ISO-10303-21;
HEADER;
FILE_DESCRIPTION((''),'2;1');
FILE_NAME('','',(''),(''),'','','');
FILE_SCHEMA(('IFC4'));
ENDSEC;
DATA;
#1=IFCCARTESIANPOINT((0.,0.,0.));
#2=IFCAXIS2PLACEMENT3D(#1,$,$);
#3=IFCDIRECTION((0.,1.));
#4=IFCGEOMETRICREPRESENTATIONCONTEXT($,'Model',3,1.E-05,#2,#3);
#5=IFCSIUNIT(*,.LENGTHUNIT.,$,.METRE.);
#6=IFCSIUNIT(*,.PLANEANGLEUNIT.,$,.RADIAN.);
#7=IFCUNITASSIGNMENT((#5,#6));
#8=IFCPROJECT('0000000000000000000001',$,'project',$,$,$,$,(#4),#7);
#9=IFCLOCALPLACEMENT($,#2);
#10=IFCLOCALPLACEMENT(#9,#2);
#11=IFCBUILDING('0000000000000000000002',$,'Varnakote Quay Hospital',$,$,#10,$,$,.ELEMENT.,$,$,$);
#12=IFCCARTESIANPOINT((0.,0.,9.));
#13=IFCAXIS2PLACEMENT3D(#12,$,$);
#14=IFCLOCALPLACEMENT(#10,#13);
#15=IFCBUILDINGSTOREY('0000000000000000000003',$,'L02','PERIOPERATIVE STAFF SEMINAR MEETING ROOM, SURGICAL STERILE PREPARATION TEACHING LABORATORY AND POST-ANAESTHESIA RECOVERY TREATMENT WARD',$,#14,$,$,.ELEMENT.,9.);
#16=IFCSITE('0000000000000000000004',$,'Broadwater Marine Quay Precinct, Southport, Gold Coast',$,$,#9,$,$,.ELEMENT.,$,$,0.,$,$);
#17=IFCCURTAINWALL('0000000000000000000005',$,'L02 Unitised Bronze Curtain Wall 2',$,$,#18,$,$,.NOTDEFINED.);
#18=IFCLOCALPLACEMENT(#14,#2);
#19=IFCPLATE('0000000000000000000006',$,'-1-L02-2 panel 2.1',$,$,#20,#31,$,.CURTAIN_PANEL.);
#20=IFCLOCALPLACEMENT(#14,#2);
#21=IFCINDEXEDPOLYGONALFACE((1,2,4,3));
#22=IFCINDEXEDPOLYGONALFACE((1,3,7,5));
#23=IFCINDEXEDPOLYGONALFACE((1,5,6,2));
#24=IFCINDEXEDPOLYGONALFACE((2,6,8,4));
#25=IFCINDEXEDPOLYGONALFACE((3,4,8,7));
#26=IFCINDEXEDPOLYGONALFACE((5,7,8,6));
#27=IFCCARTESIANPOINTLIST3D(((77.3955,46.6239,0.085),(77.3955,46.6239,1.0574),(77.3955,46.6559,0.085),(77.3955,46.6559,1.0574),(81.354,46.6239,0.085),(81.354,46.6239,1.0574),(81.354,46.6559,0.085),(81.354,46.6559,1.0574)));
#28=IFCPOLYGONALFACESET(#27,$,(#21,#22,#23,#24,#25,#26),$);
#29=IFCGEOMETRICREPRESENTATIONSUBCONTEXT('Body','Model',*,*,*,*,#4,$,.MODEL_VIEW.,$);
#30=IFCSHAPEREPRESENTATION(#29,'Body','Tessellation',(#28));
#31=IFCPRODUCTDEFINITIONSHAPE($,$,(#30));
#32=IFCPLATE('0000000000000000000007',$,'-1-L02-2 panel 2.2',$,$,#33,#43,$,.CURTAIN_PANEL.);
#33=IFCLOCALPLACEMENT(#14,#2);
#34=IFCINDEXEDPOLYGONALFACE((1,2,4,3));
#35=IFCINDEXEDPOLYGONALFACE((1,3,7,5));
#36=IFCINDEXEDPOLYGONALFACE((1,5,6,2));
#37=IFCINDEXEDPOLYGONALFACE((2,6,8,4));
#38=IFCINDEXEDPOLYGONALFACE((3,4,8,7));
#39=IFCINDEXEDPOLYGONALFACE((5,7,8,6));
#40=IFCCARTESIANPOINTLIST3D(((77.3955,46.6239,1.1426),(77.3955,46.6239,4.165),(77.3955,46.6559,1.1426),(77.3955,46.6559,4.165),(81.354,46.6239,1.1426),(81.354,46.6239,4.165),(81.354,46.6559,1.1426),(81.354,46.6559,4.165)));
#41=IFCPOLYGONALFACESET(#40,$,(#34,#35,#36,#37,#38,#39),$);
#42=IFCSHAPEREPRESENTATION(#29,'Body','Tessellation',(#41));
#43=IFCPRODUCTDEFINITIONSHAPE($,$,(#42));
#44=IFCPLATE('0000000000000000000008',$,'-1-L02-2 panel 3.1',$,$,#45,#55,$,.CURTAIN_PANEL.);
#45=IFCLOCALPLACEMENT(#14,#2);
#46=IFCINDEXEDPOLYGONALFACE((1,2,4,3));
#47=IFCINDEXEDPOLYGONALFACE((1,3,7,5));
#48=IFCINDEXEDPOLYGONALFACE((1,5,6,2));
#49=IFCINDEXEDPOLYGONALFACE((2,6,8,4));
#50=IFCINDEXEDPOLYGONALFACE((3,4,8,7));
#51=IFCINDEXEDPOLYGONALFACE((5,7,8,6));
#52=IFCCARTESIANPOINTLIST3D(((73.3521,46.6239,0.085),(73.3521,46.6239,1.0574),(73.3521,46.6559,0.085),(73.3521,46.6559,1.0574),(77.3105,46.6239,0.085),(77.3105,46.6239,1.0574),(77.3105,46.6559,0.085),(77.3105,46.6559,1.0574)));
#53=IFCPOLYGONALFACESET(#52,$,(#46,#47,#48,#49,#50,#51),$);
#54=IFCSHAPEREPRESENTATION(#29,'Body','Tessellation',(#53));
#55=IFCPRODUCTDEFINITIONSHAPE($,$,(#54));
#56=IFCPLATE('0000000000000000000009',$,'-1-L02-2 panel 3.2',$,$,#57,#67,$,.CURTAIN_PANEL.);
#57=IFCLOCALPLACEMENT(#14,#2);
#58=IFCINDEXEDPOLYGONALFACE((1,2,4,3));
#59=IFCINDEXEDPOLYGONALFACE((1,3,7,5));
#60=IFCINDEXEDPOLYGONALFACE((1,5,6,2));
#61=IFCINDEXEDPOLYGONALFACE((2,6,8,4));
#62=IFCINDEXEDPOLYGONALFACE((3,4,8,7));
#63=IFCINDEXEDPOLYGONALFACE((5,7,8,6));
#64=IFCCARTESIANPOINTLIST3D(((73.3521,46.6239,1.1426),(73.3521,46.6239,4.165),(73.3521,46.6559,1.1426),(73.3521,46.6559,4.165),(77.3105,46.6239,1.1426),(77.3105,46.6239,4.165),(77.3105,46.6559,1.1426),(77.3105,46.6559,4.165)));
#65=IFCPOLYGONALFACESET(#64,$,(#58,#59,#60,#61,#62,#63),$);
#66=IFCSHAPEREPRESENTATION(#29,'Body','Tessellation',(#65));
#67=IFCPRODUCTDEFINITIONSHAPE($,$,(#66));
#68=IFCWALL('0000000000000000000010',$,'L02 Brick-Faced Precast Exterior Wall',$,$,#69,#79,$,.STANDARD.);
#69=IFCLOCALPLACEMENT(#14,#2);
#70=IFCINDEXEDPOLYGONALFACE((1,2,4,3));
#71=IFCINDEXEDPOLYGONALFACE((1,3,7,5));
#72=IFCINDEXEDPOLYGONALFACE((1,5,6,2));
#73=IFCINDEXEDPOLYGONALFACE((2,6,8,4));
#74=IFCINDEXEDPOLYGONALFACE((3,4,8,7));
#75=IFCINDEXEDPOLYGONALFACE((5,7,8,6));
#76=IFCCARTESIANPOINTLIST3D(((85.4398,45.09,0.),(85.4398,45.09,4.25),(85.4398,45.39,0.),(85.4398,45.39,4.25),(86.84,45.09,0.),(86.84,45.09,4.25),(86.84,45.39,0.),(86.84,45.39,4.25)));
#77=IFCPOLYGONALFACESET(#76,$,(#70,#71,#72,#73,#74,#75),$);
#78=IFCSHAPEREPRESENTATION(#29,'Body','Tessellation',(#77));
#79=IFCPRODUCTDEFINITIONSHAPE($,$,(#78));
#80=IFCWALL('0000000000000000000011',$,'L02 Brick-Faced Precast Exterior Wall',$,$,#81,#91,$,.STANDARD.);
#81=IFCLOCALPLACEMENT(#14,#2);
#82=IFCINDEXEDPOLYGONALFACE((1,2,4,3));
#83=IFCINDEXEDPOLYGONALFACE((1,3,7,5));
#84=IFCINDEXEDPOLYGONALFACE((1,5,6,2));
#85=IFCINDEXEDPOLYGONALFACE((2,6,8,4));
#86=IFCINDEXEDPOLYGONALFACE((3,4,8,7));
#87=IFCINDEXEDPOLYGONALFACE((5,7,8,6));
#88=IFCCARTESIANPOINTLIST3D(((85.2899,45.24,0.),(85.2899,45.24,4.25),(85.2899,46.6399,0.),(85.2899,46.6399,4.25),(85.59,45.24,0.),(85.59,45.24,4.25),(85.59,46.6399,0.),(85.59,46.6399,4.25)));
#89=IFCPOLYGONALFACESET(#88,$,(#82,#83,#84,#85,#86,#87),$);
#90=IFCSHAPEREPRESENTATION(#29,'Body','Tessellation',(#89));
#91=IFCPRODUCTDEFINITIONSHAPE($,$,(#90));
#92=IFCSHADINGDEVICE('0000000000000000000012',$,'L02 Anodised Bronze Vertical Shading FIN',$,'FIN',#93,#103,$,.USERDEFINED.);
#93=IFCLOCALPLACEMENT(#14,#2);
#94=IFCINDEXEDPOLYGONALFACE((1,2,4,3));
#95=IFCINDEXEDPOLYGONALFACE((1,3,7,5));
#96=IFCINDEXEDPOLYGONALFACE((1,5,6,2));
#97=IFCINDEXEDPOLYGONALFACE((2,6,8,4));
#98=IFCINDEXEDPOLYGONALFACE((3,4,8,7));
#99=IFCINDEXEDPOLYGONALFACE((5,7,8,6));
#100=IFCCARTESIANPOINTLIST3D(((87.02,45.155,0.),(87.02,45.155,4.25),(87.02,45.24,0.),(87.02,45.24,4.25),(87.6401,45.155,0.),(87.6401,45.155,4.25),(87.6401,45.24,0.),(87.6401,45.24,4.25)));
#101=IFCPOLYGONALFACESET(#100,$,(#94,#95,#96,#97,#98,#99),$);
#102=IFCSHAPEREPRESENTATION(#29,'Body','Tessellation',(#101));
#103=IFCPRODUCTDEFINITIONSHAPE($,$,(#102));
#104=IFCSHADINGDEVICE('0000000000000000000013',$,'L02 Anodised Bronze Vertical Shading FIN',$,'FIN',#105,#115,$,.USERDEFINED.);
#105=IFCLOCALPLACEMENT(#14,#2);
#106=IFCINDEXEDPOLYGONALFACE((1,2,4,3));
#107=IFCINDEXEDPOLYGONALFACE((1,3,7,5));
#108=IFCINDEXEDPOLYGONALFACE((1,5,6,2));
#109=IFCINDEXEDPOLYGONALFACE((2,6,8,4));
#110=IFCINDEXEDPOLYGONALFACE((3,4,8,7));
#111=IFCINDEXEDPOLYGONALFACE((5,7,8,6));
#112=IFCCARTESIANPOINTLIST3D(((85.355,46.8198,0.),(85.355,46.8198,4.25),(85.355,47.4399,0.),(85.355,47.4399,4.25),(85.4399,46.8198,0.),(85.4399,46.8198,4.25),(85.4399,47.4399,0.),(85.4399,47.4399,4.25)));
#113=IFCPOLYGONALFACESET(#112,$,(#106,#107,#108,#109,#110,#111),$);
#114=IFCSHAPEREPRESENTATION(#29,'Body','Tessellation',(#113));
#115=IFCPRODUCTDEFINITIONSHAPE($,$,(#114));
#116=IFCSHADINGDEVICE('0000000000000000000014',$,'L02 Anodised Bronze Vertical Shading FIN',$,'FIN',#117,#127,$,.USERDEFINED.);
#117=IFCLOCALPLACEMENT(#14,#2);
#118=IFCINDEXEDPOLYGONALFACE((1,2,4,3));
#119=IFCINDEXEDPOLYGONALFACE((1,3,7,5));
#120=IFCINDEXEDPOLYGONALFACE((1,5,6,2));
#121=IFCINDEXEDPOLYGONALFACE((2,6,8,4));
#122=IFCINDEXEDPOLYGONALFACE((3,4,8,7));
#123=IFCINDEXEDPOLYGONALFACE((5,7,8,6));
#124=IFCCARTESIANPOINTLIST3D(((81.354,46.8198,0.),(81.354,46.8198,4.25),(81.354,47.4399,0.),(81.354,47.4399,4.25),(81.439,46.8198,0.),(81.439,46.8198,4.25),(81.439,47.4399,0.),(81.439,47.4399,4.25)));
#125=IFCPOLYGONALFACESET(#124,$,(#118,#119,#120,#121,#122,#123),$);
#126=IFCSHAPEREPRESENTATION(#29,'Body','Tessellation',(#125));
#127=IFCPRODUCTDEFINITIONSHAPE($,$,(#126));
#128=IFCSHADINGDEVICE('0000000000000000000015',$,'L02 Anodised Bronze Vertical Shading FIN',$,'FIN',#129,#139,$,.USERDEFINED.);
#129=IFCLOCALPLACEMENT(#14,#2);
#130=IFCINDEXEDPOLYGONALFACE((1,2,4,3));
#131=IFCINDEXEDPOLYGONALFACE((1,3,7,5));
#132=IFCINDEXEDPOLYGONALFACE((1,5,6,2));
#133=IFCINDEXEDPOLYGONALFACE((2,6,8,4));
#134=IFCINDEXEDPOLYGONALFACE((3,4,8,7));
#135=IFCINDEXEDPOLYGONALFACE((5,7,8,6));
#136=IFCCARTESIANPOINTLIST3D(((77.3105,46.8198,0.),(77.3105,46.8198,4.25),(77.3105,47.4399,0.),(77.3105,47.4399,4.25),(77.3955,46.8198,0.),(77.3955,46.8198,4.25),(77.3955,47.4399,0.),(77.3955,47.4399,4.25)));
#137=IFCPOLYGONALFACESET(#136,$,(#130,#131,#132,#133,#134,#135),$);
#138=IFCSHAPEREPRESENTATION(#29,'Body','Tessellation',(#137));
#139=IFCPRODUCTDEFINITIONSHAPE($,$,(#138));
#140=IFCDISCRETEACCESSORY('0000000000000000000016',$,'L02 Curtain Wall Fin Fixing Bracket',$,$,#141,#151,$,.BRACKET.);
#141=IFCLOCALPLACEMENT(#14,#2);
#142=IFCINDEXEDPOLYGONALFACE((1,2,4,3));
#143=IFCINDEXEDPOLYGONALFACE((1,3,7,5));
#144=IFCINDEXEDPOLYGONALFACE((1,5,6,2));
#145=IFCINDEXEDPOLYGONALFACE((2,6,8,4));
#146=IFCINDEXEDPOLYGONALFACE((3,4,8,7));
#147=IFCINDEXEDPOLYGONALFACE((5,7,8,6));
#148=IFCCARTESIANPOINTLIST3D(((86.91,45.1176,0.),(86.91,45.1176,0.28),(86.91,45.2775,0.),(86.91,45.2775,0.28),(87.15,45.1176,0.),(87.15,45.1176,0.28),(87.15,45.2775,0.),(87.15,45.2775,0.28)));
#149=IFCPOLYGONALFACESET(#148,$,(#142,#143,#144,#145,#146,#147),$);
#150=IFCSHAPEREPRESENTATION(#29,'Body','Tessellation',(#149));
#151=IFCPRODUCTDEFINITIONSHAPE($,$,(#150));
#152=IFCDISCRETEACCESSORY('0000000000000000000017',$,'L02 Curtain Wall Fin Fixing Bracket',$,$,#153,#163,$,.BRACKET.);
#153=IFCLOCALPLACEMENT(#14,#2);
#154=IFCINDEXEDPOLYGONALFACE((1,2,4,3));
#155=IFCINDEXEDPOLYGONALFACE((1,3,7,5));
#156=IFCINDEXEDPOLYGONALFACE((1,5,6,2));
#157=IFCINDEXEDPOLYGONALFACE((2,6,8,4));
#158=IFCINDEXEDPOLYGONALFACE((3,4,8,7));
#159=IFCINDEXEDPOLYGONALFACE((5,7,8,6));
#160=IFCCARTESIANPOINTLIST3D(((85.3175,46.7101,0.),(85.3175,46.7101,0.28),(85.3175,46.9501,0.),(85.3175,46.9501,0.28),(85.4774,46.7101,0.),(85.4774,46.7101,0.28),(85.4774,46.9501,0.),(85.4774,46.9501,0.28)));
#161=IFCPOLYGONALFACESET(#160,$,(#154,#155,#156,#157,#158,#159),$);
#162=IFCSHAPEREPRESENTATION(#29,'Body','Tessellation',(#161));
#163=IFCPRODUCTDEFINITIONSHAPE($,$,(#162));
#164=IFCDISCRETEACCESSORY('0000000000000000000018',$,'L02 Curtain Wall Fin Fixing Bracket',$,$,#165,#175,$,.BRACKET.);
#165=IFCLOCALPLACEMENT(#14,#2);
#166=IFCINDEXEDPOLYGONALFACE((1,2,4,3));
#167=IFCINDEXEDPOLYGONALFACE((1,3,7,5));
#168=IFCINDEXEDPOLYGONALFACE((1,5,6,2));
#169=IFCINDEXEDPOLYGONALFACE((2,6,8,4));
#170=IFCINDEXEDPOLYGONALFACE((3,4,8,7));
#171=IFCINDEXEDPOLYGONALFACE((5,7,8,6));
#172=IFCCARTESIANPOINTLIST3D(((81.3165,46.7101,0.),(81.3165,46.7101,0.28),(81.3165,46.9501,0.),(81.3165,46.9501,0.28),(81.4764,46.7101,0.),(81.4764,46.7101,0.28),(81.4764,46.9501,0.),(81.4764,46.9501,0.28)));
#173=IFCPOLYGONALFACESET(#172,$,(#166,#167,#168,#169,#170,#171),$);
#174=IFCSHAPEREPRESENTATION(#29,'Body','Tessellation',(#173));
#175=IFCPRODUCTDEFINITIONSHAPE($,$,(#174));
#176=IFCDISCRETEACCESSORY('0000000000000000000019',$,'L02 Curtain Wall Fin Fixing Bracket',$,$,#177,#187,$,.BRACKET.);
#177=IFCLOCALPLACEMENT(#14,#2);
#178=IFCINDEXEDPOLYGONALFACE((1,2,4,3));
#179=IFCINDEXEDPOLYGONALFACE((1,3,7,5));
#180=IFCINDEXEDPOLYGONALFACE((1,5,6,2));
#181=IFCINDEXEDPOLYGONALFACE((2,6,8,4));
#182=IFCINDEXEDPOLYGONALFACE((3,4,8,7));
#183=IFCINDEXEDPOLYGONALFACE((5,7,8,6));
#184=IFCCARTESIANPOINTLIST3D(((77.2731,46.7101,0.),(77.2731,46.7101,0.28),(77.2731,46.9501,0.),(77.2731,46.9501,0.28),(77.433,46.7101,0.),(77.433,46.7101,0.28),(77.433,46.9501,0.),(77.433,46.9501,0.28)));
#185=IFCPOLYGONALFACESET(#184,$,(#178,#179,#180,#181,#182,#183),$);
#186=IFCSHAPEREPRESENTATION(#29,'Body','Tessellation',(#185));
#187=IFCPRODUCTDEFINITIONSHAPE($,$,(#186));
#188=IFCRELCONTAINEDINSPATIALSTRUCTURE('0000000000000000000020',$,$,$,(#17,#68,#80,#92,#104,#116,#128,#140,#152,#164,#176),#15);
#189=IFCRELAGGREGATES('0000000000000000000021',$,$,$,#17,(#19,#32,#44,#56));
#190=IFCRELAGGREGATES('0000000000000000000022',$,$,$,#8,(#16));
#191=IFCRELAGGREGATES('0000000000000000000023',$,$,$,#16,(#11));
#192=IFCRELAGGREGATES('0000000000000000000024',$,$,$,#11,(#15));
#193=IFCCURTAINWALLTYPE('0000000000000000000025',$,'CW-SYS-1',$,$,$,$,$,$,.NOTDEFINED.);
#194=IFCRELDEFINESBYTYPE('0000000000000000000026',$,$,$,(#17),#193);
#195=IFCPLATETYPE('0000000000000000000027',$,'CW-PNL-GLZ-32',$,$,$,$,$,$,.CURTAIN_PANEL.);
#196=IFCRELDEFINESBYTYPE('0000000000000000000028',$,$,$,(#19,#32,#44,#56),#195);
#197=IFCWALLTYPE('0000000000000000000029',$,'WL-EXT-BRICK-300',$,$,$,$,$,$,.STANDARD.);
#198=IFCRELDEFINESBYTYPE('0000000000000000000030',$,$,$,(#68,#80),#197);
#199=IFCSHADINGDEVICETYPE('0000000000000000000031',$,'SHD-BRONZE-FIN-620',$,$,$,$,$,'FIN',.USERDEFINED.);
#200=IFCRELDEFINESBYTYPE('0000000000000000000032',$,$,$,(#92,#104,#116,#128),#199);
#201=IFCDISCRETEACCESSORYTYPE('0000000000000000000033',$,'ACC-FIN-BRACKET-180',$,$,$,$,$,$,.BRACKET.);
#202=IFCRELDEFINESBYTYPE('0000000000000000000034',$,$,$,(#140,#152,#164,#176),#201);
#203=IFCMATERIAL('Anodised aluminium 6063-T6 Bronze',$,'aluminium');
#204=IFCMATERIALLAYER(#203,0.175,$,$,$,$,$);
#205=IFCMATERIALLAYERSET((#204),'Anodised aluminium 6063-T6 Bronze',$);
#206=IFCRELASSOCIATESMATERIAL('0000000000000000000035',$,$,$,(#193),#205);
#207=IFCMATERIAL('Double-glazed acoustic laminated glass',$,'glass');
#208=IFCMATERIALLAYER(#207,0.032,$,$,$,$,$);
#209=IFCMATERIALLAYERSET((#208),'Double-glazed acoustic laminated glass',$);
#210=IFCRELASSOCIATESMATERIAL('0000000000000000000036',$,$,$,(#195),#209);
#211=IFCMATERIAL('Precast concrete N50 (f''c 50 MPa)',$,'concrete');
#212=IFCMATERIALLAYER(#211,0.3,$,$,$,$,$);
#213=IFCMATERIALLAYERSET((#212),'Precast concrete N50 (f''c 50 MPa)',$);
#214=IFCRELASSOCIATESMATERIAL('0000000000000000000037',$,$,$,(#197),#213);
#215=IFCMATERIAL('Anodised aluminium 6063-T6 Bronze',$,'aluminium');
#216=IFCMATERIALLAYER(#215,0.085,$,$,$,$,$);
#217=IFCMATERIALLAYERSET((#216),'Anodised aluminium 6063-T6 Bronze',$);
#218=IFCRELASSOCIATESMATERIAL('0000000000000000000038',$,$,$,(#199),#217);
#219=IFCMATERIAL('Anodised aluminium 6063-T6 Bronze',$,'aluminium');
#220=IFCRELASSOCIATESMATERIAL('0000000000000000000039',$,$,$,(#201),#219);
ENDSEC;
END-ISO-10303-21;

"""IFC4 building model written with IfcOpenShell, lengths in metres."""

from ifc_helpers import new_model, si_unit, direction, frame, frame_2d, origin, origin_2d, place, context, subcontext, project, spatial, rectangle, extrude, material, layer, layer_set, type_object, element, aggregate, save


model = new_model("IFC4")

# Units and contexts
model_context = context("Model", 3, precision=1e-05, world=origin(), true_north=direction((0.0, 1.0)))
body_context = subcontext(model_context, "Body", "Model", "MODEL_VIEW")
ifc_project = project(units=[si_unit("LENGTHUNIT", "METRE"), si_unit("PLANEANGLEUNIT", "RADIAN")], contexts=[model_context])

# Site, building, storey
site_placement = place(None, origin())
site = spatial("IfcSite", under=ifc_project, at=site_placement, Name="Broadwater Marine Quay Precinct, Southport, Gold Coast", CompositionType="ELEMENT", RefElevation=0.0)
building_placement = place(site_placement, origin())
building = spatial("IfcBuilding", under=site, at=building_placement, Name="Varnakote Quay Hospital", CompositionType="ELEMENT")
storey_placement = place(building_placement, frame((0.0, 0.0, 9.0)))
storey = spatial("IfcBuildingStorey", under=building, at=storey_placement, Name="L02", Description="PERIOPERATIVE STAFF SEMINAR MEETING ROOM, SURGICAL STERILE PREPARATION TEACHING LABORATORY AND POST-ANAESTHESIA RECOVERY TREATMENT WARD", CompositionType="ELEMENT", Elevation=9.0)

# Shared definitions
ifc_material_1 = material(Name="Anodised aluminium 6063-T6 Bronze", Category="aluminium")
ifc_layer_1 = layer(ifc_material_1, 0.175)
ifc_layer_set_1 = layer_set([ifc_layer_1], Name="Anodised aluminium 6063-T6 Bronze")
curtain_wall_type = type_object("IfcCurtainWallType", Name="CW-SYS-1", PredefinedType="NOTDEFINED", material=ifc_layer_set_1)

# Curtain wall
curtain_wall_1_placement = place(storey_placement, origin())
curtain_wall_1 = element("IfcCurtainWall", 1, at=curtain_wall_1_placement, inside=storey, type_object=curtain_wall_type, Name="L02 Unitised Bronze Curtain Wall 2", PredefinedType="NOTDEFINED")

# Plates
ifc_material_2 = material(Name="Double-glazed acoustic laminated glass", Category="glass")
ifc_layer_2 = layer(ifc_material_2, 0.032)
ifc_layer_set_2 = layer_set([ifc_layer_2], Name="Double-glazed acoustic laminated glass")
plate_type = type_object("IfcPlateType", Name="CW-PNL-GLZ-32", PredefinedType="CURTAIN_PANEL", material=ifc_layer_set_2)
plate_1_placement = place(storey_placement, frame((79.3748, 46.6399, 0.085), z_axis=(0.0, 0.0, 1.0), x_axis=(-1.0, 0.0, 0.0)))
plate_1 = element("IfcPlate", 2, at=plate_1_placement, type_object=plate_type, Name="-1-L02-2 panel 2.1", PredefinedType="CURTAIN_PANEL", context=body_context, shape_type="SweptSolid", body=[
    extrude(rectangle(XDim=3.9585, YDim=0.032, at=origin_2d()), origin(), (0.0, 0.0, 1.0), 0.9724),
])
plate_2_placement = place(storey_placement, frame((79.3748, 46.6399, 1.1426), z_axis=(0.0, 0.0, 1.0), x_axis=(-1.0, 0.0, 0.0)))
plate_2 = element("IfcPlate", 3, at=plate_2_placement, type_object=plate_type, Name="-1-L02-2 panel 2.2", PredefinedType="CURTAIN_PANEL", context=body_context, shape_type="SweptSolid", body=[
    extrude(rectangle(XDim=3.9585, YDim=0.032, at=origin_2d()), origin(), (0.0, 0.0, 1.0), 3.0225),
])
plate_3_placement = place(storey_placement, frame((75.3313, 46.6399, 0.085), z_axis=(0.0, 0.0, 1.0), x_axis=(-1.0, 0.0, 0.0)))
plate_3 = element("IfcPlate", 4, at=plate_3_placement, type_object=plate_type, Name="-1-L02-2 panel 3.1", PredefinedType="CURTAIN_PANEL", context=body_context, shape_type="SweptSolid", body=[
    extrude(rectangle(XDim=3.9585, YDim=0.032, at=origin_2d()), origin(), (0.0, 0.0, 1.0), 0.9724),
])
plate_4_placement = place(storey_placement, frame((75.3313, 46.6399, 1.1426), z_axis=(0.0, 0.0, 1.0), x_axis=(-1.0, 0.0, 0.0)))
plate_4 = element("IfcPlate", 5, at=plate_4_placement, type_object=plate_type, Name="-1-L02-2 panel 3.2", PredefinedType="CURTAIN_PANEL", context=body_context, shape_type="SweptSolid", body=[
    extrude(rectangle(XDim=3.9585, YDim=0.032, at=origin_2d()), origin(), (0.0, 0.0, 1.0), 3.0225),
])
aggregate(curtain_wall_1, [plate_1, plate_2, plate_3, plate_4])

# Walls
ifc_material_3 = material(Name="Precast concrete N50 (f'c 50 MPa)", Category="concrete")
ifc_layer_3 = layer(ifc_material_3, 0.3)
ifc_layer_set_3 = layer_set([ifc_layer_3], Name="Precast concrete N50 (f'c 50 MPa)")
wall_type = type_object("IfcWallType", Name="WL-EXT-BRICK-300", PredefinedType="STANDARD", material=ifc_layer_set_3)
wall_1_placement = place(storey_placement, frame((86.8401, 45.24, 0.0), z_axis=(0.0, 0.0, 1.0), x_axis=(-1.0, 0.0, 0.0)))
element("IfcWall", 6, at=wall_1_placement, inside=storey, type_object=wall_type, Name="L02 Brick-Faced Precast Exterior Wall", PredefinedType="STANDARD", context=body_context, shape_type="SweptSolid", body=[
    extrude(rectangle(XDim=1.4001, YDim=0.3, at=frame_2d((0.7002, 0.0))), origin(), (0.0, 0.0, 1.0), 4.25),
])
wall_2_placement = place(storey_placement, frame((85.4399, 45.24, 0.0), z_axis=(0.0, 0.0, 1.0), x_axis=(0.0, 1.0, 0.0)))
element("IfcWall", 7, at=wall_2_placement, inside=storey, type_object=wall_type, Name="L02 Brick-Faced Precast Exterior Wall", PredefinedType="STANDARD", context=body_context, shape_type="SweptSolid", body=[
    extrude(rectangle(XDim=1.3999, YDim=0.3, at=frame_2d((0.7, 0.0))), origin(), (0.0, 0.0, 1.0), 4.25),
])

# Shading devices
ifc_material_4 = material(Name="Anodised aluminium 6063-T6 Bronze", Category="aluminium")
ifc_layer_4 = layer(ifc_material_4, 0.085)
ifc_layer_set_4 = layer_set([ifc_layer_4], Name="Anodised aluminium 6063-T6 Bronze")
shading_device_type = type_object("IfcShadingDeviceType", Name="SHD-BRONZE-FIN-620", ElementType="FIN", PredefinedType="USERDEFINED", material=ifc_layer_set_4)
for number, where, z_axis, x_axis, name in (
    (8, (87.3301, 45.1975, 0.0), (0.0, 0.0, 1.0), (-1.0, 0.0, 0.0), "L02 Anodised Bronze Vertical Shading FIN"),
    (9, (85.3975, 47.1299, 0.0), (0.0, 0.0, 1.0), (0.0, -1.0, 0.0), "L02 Anodised Bronze Vertical Shading FIN"),
    (10, (81.3965, 47.1299, 0.0), (0.0, 0.0, 1.0), (0.0, -1.0, 0.0), "L02 Anodised Bronze Vertical Shading FIN"),
    (11, (77.353, 47.1299, 0.0), (0.0, 0.0, 1.0), (0.0, -1.0, 0.0), "L02 Anodised Bronze Vertical Shading FIN"),
):
    element("IfcShadingDevice", number, at=place(storey_placement, frame(where, z_axis=z_axis, x_axis=x_axis)), inside=storey, type_object=shading_device_type, Name=name, ObjectType="FIN", PredefinedType="USERDEFINED", context=body_context, shape_type="SweptSolid", body=[
        extrude(rectangle(XDim=0.6201, YDim=0.085, at=origin_2d()), origin(), (0.0, 0.0, 1.0), 4.25),
    ])

# Discrete accessories
ifc_material_5 = material(Name="Anodised aluminium 6063-T6 Bronze", Category="aluminium")
discrete_accessory_type = type_object("IfcDiscreteAccessoryType", Name="ACC-FIN-BRACKET-180", PredefinedType="BRACKET", material=ifc_material_5)
for number, where, z_axis, x_axis, name in (
    (12, (87.03, 45.1975, 0.0), (0.0, 0.0, 1.0), (0.0, 1.0, 0.0), "L02 Curtain Wall Fin Fixing Bracket"),
    (13, (85.3975, 46.8301, 0.0), (0.0, 0.0, 1.0), (-1.0, 0.0, 0.0), "L02 Curtain Wall Fin Fixing Bracket"),
    (14, (81.3965, 46.8301, 0.0), (0.0, 0.0, 1.0), (-1.0, 0.0, 0.0), "L02 Curtain Wall Fin Fixing Bracket"),
    (15, (77.353, 46.8301, 0.0), (0.0, 0.0, 1.0), (-1.0, 0.0, 0.0), "L02 Curtain Wall Fin Fixing Bracket"),
):
    element("IfcDiscreteAccessory", number, at=place(storey_placement, frame(where, z_axis=z_axis, x_axis=x_axis)), inside=storey, type_object=discrete_accessory_type, Name=name, PredefinedType="BRACKET", context=body_context, shape_type="SweptSolid", body=[
        extrude(rectangle(XDim=0.1599, YDim=0.24, at=origin_2d()), origin(), (0.0, 0.0, 1.0), 0.28),
    ])

save(model, "model.ifc")
